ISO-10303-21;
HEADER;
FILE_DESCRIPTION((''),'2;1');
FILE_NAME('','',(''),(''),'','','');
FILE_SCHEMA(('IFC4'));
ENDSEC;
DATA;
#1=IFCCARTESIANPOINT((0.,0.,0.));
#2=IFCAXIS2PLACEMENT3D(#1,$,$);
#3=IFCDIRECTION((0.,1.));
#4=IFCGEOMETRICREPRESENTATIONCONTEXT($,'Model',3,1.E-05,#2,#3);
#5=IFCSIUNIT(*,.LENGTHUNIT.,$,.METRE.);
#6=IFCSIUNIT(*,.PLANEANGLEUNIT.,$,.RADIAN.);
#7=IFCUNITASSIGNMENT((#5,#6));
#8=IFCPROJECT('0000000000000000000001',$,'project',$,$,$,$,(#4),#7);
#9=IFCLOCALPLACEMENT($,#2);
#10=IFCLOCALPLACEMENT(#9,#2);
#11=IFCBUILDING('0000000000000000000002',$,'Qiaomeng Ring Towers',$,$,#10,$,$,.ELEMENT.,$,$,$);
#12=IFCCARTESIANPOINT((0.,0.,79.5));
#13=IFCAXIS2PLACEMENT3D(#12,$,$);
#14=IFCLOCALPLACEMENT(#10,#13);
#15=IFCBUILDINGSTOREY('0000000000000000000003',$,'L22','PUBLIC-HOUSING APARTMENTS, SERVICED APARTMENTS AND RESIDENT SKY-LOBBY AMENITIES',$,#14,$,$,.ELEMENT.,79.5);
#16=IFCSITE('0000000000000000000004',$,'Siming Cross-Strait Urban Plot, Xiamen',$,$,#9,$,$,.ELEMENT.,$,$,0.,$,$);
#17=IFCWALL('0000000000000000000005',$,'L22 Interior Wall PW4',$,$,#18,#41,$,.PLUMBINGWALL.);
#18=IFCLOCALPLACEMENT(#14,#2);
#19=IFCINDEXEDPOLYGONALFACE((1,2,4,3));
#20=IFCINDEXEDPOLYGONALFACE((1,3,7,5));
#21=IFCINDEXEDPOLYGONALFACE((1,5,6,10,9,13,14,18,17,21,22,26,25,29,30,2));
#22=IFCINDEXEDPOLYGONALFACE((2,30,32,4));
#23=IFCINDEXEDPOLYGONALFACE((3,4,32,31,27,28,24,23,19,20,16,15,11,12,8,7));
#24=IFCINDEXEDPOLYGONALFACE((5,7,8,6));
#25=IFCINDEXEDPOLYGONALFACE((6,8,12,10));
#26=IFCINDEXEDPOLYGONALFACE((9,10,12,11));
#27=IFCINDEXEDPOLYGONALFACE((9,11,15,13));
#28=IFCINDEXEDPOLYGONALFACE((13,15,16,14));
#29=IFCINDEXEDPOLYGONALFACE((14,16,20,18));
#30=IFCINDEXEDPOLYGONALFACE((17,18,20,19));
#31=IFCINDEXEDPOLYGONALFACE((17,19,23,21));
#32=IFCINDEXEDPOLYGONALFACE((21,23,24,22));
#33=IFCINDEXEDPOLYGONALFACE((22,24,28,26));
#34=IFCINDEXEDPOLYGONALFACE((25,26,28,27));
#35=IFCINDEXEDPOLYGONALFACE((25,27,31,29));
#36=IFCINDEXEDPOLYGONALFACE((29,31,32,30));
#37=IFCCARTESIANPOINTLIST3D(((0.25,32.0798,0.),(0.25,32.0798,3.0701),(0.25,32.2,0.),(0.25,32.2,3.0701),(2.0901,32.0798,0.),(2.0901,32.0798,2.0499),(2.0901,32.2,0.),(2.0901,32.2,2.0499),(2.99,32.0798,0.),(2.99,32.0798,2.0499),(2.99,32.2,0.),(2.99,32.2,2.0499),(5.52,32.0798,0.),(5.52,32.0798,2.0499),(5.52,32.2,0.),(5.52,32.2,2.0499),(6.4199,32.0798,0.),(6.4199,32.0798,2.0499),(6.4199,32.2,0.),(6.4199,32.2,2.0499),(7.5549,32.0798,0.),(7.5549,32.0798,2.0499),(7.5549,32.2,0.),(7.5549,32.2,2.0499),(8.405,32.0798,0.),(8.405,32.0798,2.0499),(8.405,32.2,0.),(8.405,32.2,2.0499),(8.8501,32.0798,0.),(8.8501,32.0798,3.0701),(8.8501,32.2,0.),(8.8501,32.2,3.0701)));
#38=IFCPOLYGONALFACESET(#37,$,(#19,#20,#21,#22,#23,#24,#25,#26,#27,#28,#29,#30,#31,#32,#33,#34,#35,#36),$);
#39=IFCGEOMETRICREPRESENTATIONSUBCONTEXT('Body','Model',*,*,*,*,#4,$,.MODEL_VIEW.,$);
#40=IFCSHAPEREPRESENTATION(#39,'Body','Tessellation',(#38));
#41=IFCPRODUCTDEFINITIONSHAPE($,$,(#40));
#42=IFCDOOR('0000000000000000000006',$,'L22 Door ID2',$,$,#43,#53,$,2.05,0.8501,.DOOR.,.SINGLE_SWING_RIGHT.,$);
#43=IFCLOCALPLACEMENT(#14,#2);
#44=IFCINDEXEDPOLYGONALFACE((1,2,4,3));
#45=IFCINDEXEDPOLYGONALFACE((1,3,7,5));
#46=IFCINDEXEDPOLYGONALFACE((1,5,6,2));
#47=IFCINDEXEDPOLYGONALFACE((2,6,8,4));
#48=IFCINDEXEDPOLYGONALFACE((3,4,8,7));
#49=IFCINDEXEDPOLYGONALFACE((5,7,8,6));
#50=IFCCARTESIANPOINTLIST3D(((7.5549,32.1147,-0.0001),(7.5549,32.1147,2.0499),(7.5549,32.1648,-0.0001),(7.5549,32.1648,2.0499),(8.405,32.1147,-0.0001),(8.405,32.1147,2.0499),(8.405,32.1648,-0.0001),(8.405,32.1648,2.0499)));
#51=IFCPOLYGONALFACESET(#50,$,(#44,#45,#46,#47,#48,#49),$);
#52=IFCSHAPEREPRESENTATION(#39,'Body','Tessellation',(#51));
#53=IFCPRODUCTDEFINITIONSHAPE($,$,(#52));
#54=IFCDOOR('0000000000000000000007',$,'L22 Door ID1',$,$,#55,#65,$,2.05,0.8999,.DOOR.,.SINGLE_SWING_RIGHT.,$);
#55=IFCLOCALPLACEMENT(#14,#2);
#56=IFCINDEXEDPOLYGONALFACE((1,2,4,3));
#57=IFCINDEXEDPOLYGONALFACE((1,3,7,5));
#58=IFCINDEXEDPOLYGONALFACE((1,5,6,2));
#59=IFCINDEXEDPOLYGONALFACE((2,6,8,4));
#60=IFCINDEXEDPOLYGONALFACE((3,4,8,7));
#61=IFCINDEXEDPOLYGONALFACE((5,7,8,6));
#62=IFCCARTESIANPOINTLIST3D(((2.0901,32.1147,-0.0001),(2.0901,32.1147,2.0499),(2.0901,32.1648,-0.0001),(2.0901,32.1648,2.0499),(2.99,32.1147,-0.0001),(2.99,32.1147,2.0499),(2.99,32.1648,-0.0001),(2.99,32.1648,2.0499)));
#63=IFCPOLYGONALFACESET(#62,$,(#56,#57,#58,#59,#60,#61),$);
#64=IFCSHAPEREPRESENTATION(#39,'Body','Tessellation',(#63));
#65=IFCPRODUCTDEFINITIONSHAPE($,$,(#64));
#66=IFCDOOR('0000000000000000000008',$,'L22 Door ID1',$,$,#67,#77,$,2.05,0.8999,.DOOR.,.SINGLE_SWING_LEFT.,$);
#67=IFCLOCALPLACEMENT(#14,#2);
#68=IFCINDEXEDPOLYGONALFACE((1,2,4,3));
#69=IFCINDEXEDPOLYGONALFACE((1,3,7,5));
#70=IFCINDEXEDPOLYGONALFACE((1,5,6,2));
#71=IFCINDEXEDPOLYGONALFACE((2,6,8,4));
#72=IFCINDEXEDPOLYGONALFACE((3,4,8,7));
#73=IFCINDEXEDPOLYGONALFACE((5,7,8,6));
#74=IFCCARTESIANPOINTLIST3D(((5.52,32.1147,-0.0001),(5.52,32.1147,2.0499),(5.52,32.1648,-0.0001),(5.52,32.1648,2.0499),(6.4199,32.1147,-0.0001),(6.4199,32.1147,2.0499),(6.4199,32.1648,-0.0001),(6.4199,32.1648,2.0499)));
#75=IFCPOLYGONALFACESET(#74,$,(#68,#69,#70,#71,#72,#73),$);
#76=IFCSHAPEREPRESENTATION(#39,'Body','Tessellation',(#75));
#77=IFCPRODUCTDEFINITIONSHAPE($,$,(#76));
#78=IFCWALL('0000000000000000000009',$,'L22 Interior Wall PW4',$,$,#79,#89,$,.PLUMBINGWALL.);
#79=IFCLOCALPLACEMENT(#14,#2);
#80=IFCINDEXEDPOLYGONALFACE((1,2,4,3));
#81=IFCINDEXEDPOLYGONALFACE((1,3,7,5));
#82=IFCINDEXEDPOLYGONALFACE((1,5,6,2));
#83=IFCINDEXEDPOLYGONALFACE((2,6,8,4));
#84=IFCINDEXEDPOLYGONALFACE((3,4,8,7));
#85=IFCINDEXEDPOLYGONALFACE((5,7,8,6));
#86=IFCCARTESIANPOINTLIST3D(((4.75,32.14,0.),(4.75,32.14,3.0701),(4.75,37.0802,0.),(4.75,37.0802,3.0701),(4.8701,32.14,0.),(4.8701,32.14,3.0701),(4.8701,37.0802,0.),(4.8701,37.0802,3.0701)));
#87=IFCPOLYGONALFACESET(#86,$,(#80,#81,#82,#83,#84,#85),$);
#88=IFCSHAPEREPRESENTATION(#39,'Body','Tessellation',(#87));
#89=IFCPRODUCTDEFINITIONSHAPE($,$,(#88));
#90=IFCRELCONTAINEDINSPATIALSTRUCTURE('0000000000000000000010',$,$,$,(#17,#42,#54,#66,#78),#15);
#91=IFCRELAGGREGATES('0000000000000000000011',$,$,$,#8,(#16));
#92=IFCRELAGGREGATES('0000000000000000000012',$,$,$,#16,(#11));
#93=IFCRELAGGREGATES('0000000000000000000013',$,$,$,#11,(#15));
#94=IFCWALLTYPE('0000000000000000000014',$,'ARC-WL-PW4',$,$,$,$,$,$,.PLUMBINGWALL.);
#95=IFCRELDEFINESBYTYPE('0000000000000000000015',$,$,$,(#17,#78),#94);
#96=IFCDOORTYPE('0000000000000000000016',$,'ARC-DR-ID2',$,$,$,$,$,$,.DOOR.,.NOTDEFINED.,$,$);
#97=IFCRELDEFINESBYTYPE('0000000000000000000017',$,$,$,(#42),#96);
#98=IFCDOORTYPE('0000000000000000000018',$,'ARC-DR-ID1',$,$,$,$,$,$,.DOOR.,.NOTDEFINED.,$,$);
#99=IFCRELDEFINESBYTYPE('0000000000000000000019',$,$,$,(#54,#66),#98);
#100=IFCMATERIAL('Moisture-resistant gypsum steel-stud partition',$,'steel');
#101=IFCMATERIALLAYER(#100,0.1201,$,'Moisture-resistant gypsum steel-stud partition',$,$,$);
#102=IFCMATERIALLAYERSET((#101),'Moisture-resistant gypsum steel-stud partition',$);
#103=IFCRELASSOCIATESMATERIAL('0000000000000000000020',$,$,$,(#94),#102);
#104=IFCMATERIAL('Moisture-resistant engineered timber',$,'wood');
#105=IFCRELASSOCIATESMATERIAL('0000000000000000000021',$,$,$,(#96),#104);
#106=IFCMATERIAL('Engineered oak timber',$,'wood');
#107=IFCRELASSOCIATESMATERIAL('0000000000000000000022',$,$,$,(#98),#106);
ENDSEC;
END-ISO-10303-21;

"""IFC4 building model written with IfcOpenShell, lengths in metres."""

from ifc_helpers import new_model, si_unit, direction, frame, frame_2d, origin, place, context, subcontext, project, spatial, rectangle, extrude, source, transform, mapped, material, layer, layer_set, type_object, element, fill, save


model = new_model("IFC4")

# Units and contexts
model_context = context("Model", 3, precision=1e-05, world=origin(), true_north=direction((0.0, 1.0)))
body_context = subcontext(model_context, "Body", "Model", "MODEL_VIEW")
ifc_project = project(units=[si_unit("LENGTHUNIT", "METRE"), si_unit("PLANEANGLEUNIT", "RADIAN")], contexts=[model_context])

# Site, building, storey
site_placement = place(None, origin())
site = spatial("IfcSite", under=ifc_project, at=site_placement, Name="Siming Cross-Strait Urban Plot, Xiamen", CompositionType="ELEMENT", RefElevation=0.0)
building_placement = place(site_placement, origin())
building = spatial("IfcBuilding", under=site, at=building_placement, Name="Qiaomeng Ring Towers", CompositionType="ELEMENT")
storey_placement = place(building_placement, frame((0.0, 0.0, 79.5)))
storey = spatial("IfcBuildingStorey", under=building, at=storey_placement, Name="L22", Description="PUBLIC-HOUSING APARTMENTS, SERVICED APARTMENTS AND RESIDENT SKY-LOBBY AMENITIES", CompositionType="ELEMENT", Elevation=79.5)

# Wall, openings, doors
ifc_material_1 = material(Name="Moisture-resistant gypsum steel-stud partition", Category="steel")
ifc_layer_1 = layer(ifc_material_1, 0.1201, Name="Moisture-resistant gypsum steel-stud partition")
ifc_layer_set_1 = layer_set([ifc_layer_1], Name="Moisture-resistant gypsum steel-stud partition")
wall_type_1 = type_object("IfcWallType", Name="ARC-WL-PW4", PredefinedType="PLUMBINGWALL", material=ifc_layer_set_1)
wall_1_placement = place(storey_placement, frame((0.25, 32.1399, 0.0), z_axis=(0.0, 0.0, 1.0), x_axis=(1.0, 0.0, 0.0)))
wall_1 = element("IfcWall", 1, at=wall_1_placement, inside=storey, type_object=wall_type_1, Name="L22 Interior Wall PW4", PredefinedType="PLUMBINGWALL", context=body_context, shape_type="SweptSolid", body=[
    extrude(rectangle(XDim=8.6001, YDim=0.1201, at=frame_2d((4.3, 0.0))), origin(), (0.0, 0.0, 1.0), 3.0701),
])
opening_1_placement = place(wall_1_placement, frame((1.8401, 0.0, 0.0)))
opening_1 = element("IfcOpeningElement", 2, at=opening_1_placement, cuts=wall_1, PredefinedType="OPENING", context=body_context, shape_type="SweptSolid", body=[
    extrude(rectangle(XDim=0.8999, YDim=2.05, at=frame_2d((0.45, 1.0249))), frame((0.0, 0.0701, 0.0), z_axis=(0.0, -1.0, 0.0), x_axis=(1.0, 0.0, 0.0)), (0.0, 0.0, 1.0), 0.1401),
])
opening_2_placement = place(wall_1_placement, frame((5.27, 0.0, 0.0)))
opening_2 = element("IfcOpeningElement", 3, at=opening_2_placement, cuts=wall_1, PredefinedType="OPENING", context=body_context, shape_type="SweptSolid", body=[
    extrude(rectangle(XDim=0.8999, YDim=2.05, at=frame_2d((0.45, 1.0249))), frame((0.0, 0.0701, 0.0), z_axis=(0.0, -1.0, 0.0), x_axis=(1.0, 0.0, 0.0)), (0.0, 0.0, 1.0), 0.1401),
])
opening_3_placement = place(wall_1_placement, frame((7.3049, 0.0, 0.0)))
opening_3 = element("IfcOpeningElement", 4, at=opening_3_placement, cuts=wall_1, PredefinedType="OPENING", context=body_context, shape_type="SweptSolid", body=[
    extrude(rectangle(XDim=0.8501, YDim=2.05, at=frame_2d((0.425, 1.0249))), frame((0.0, 0.0701, 0.0), z_axis=(0.0, -1.0, 0.0), x_axis=(1.0, 0.0, 0.0)), (0.0, 0.0, 1.0), 0.1401),
])
ifc_material_2 = material(Name="Moisture-resistant engineered timber", Category="wood")
door_type_1 = type_object("IfcDoorType", Name="ARC-DR-ID2", OperationType="NOTDEFINED", PredefinedType="DOOR", material=ifc_material_2)
shared_shape_1 = source(origin(), body_context, "Body", "SweptSolid", [
    extrude(rectangle(XDim=0.8501, YDim=2.05, at=frame_2d((0.425, 1.0249))), frame((0.0, 0.0249, 0.0), z_axis=(0.0, -1.0, 0.0), x_axis=(1.0, 0.0, 0.0)), (0.0, 0.0, 1.0), 0.05),
])
door_1_placement = place(opening_3_placement, origin())
door_1 = element("IfcDoor", 5, at=door_1_placement, inside=storey, type_object=door_type_1, Name="L22 Door ID2", OperationType="SINGLE_SWING_RIGHT", OverallHeight=2.05, OverallWidth=0.8501, PredefinedType="DOOR", context=body_context, shape_type="MappedRepresentation", body=[
    mapped(shared_shape_1, transform((0.0, 0.0, 0.0), x_axis=(1.0, 0.0, 0.0), y_axis=(0.0, 1.0, 0.0), z_axis=(0.0, 0.0, 1.0), scale=1.0)),
])
fill(opening_3, door_1)
ifc_material_3 = material(Name="Engineered oak timber", Category="wood")
door_type_2 = type_object("IfcDoorType", Name="ARC-DR-ID1", OperationType="NOTDEFINED", PredefinedType="DOOR", material=ifc_material_3)
shared_shape_2 = source(origin(), body_context, "Body", "SweptSolid", [
    extrude(rectangle(XDim=0.8999, YDim=2.05, at=frame_2d((0.45, 1.0249))), frame((0.0, 0.0249, 0.0), z_axis=(0.0, -1.0, 0.0), x_axis=(1.0, 0.0, 0.0)), (0.0, 0.0, 1.0), 0.05),
])
door_2_placement = place(opening_1_placement, origin())
door_2 = element("IfcDoor", 6, at=door_2_placement, inside=storey, type_object=door_type_2, Name="L22 Door ID1", OperationType="SINGLE_SWING_RIGHT", OverallHeight=2.05, OverallWidth=0.8999, PredefinedType="DOOR", context=body_context, shape_type="MappedRepresentation", body=[
    mapped(shared_shape_2, transform((0.0, 0.0, 0.0), x_axis=(1.0, 0.0, 0.0), y_axis=(0.0, 1.0, 0.0), z_axis=(0.0, 0.0, 1.0), scale=1.0)),
])
fill(opening_1, door_2)
door_3_placement = place(opening_2_placement, origin())
door_3 = element("IfcDoor", 7, at=door_3_placement, inside=storey, type_object=door_type_2, Name="L22 Door ID1", OperationType="SINGLE_SWING_LEFT", OverallHeight=2.05, OverallWidth=0.8999, PredefinedType="DOOR", context=body_context, shape_type="MappedRepresentation", body=[
    mapped(shared_shape_2, transform((0.0, 0.0, 0.0), x_axis=(1.0, 0.0, 0.0), y_axis=(0.0, 1.0, 0.0), z_axis=(0.0, 0.0, 1.0), scale=1.0)),
])
fill(opening_2, door_3)

# Wall
wall_2_placement = place(storey_placement, frame((4.8101, 32.1399, 0.0), z_axis=(0.0, 0.0, 1.0), x_axis=(0.0, 1.0, 0.0)))
element("IfcWall", 8, at=wall_2_placement, inside=storey, type_object=wall_type_1, Name="L22 Interior Wall PW4", PredefinedType="PLUMBINGWALL", context=body_context, shape_type="SweptSolid", body=[
    extrude(rectangle(XDim=4.9402, YDim=0.1201, at=frame_2d((2.4702, 0.0))), origin(), (0.0, 0.0, 1.0), 3.0701),
])

save(model, "model.ifc")
